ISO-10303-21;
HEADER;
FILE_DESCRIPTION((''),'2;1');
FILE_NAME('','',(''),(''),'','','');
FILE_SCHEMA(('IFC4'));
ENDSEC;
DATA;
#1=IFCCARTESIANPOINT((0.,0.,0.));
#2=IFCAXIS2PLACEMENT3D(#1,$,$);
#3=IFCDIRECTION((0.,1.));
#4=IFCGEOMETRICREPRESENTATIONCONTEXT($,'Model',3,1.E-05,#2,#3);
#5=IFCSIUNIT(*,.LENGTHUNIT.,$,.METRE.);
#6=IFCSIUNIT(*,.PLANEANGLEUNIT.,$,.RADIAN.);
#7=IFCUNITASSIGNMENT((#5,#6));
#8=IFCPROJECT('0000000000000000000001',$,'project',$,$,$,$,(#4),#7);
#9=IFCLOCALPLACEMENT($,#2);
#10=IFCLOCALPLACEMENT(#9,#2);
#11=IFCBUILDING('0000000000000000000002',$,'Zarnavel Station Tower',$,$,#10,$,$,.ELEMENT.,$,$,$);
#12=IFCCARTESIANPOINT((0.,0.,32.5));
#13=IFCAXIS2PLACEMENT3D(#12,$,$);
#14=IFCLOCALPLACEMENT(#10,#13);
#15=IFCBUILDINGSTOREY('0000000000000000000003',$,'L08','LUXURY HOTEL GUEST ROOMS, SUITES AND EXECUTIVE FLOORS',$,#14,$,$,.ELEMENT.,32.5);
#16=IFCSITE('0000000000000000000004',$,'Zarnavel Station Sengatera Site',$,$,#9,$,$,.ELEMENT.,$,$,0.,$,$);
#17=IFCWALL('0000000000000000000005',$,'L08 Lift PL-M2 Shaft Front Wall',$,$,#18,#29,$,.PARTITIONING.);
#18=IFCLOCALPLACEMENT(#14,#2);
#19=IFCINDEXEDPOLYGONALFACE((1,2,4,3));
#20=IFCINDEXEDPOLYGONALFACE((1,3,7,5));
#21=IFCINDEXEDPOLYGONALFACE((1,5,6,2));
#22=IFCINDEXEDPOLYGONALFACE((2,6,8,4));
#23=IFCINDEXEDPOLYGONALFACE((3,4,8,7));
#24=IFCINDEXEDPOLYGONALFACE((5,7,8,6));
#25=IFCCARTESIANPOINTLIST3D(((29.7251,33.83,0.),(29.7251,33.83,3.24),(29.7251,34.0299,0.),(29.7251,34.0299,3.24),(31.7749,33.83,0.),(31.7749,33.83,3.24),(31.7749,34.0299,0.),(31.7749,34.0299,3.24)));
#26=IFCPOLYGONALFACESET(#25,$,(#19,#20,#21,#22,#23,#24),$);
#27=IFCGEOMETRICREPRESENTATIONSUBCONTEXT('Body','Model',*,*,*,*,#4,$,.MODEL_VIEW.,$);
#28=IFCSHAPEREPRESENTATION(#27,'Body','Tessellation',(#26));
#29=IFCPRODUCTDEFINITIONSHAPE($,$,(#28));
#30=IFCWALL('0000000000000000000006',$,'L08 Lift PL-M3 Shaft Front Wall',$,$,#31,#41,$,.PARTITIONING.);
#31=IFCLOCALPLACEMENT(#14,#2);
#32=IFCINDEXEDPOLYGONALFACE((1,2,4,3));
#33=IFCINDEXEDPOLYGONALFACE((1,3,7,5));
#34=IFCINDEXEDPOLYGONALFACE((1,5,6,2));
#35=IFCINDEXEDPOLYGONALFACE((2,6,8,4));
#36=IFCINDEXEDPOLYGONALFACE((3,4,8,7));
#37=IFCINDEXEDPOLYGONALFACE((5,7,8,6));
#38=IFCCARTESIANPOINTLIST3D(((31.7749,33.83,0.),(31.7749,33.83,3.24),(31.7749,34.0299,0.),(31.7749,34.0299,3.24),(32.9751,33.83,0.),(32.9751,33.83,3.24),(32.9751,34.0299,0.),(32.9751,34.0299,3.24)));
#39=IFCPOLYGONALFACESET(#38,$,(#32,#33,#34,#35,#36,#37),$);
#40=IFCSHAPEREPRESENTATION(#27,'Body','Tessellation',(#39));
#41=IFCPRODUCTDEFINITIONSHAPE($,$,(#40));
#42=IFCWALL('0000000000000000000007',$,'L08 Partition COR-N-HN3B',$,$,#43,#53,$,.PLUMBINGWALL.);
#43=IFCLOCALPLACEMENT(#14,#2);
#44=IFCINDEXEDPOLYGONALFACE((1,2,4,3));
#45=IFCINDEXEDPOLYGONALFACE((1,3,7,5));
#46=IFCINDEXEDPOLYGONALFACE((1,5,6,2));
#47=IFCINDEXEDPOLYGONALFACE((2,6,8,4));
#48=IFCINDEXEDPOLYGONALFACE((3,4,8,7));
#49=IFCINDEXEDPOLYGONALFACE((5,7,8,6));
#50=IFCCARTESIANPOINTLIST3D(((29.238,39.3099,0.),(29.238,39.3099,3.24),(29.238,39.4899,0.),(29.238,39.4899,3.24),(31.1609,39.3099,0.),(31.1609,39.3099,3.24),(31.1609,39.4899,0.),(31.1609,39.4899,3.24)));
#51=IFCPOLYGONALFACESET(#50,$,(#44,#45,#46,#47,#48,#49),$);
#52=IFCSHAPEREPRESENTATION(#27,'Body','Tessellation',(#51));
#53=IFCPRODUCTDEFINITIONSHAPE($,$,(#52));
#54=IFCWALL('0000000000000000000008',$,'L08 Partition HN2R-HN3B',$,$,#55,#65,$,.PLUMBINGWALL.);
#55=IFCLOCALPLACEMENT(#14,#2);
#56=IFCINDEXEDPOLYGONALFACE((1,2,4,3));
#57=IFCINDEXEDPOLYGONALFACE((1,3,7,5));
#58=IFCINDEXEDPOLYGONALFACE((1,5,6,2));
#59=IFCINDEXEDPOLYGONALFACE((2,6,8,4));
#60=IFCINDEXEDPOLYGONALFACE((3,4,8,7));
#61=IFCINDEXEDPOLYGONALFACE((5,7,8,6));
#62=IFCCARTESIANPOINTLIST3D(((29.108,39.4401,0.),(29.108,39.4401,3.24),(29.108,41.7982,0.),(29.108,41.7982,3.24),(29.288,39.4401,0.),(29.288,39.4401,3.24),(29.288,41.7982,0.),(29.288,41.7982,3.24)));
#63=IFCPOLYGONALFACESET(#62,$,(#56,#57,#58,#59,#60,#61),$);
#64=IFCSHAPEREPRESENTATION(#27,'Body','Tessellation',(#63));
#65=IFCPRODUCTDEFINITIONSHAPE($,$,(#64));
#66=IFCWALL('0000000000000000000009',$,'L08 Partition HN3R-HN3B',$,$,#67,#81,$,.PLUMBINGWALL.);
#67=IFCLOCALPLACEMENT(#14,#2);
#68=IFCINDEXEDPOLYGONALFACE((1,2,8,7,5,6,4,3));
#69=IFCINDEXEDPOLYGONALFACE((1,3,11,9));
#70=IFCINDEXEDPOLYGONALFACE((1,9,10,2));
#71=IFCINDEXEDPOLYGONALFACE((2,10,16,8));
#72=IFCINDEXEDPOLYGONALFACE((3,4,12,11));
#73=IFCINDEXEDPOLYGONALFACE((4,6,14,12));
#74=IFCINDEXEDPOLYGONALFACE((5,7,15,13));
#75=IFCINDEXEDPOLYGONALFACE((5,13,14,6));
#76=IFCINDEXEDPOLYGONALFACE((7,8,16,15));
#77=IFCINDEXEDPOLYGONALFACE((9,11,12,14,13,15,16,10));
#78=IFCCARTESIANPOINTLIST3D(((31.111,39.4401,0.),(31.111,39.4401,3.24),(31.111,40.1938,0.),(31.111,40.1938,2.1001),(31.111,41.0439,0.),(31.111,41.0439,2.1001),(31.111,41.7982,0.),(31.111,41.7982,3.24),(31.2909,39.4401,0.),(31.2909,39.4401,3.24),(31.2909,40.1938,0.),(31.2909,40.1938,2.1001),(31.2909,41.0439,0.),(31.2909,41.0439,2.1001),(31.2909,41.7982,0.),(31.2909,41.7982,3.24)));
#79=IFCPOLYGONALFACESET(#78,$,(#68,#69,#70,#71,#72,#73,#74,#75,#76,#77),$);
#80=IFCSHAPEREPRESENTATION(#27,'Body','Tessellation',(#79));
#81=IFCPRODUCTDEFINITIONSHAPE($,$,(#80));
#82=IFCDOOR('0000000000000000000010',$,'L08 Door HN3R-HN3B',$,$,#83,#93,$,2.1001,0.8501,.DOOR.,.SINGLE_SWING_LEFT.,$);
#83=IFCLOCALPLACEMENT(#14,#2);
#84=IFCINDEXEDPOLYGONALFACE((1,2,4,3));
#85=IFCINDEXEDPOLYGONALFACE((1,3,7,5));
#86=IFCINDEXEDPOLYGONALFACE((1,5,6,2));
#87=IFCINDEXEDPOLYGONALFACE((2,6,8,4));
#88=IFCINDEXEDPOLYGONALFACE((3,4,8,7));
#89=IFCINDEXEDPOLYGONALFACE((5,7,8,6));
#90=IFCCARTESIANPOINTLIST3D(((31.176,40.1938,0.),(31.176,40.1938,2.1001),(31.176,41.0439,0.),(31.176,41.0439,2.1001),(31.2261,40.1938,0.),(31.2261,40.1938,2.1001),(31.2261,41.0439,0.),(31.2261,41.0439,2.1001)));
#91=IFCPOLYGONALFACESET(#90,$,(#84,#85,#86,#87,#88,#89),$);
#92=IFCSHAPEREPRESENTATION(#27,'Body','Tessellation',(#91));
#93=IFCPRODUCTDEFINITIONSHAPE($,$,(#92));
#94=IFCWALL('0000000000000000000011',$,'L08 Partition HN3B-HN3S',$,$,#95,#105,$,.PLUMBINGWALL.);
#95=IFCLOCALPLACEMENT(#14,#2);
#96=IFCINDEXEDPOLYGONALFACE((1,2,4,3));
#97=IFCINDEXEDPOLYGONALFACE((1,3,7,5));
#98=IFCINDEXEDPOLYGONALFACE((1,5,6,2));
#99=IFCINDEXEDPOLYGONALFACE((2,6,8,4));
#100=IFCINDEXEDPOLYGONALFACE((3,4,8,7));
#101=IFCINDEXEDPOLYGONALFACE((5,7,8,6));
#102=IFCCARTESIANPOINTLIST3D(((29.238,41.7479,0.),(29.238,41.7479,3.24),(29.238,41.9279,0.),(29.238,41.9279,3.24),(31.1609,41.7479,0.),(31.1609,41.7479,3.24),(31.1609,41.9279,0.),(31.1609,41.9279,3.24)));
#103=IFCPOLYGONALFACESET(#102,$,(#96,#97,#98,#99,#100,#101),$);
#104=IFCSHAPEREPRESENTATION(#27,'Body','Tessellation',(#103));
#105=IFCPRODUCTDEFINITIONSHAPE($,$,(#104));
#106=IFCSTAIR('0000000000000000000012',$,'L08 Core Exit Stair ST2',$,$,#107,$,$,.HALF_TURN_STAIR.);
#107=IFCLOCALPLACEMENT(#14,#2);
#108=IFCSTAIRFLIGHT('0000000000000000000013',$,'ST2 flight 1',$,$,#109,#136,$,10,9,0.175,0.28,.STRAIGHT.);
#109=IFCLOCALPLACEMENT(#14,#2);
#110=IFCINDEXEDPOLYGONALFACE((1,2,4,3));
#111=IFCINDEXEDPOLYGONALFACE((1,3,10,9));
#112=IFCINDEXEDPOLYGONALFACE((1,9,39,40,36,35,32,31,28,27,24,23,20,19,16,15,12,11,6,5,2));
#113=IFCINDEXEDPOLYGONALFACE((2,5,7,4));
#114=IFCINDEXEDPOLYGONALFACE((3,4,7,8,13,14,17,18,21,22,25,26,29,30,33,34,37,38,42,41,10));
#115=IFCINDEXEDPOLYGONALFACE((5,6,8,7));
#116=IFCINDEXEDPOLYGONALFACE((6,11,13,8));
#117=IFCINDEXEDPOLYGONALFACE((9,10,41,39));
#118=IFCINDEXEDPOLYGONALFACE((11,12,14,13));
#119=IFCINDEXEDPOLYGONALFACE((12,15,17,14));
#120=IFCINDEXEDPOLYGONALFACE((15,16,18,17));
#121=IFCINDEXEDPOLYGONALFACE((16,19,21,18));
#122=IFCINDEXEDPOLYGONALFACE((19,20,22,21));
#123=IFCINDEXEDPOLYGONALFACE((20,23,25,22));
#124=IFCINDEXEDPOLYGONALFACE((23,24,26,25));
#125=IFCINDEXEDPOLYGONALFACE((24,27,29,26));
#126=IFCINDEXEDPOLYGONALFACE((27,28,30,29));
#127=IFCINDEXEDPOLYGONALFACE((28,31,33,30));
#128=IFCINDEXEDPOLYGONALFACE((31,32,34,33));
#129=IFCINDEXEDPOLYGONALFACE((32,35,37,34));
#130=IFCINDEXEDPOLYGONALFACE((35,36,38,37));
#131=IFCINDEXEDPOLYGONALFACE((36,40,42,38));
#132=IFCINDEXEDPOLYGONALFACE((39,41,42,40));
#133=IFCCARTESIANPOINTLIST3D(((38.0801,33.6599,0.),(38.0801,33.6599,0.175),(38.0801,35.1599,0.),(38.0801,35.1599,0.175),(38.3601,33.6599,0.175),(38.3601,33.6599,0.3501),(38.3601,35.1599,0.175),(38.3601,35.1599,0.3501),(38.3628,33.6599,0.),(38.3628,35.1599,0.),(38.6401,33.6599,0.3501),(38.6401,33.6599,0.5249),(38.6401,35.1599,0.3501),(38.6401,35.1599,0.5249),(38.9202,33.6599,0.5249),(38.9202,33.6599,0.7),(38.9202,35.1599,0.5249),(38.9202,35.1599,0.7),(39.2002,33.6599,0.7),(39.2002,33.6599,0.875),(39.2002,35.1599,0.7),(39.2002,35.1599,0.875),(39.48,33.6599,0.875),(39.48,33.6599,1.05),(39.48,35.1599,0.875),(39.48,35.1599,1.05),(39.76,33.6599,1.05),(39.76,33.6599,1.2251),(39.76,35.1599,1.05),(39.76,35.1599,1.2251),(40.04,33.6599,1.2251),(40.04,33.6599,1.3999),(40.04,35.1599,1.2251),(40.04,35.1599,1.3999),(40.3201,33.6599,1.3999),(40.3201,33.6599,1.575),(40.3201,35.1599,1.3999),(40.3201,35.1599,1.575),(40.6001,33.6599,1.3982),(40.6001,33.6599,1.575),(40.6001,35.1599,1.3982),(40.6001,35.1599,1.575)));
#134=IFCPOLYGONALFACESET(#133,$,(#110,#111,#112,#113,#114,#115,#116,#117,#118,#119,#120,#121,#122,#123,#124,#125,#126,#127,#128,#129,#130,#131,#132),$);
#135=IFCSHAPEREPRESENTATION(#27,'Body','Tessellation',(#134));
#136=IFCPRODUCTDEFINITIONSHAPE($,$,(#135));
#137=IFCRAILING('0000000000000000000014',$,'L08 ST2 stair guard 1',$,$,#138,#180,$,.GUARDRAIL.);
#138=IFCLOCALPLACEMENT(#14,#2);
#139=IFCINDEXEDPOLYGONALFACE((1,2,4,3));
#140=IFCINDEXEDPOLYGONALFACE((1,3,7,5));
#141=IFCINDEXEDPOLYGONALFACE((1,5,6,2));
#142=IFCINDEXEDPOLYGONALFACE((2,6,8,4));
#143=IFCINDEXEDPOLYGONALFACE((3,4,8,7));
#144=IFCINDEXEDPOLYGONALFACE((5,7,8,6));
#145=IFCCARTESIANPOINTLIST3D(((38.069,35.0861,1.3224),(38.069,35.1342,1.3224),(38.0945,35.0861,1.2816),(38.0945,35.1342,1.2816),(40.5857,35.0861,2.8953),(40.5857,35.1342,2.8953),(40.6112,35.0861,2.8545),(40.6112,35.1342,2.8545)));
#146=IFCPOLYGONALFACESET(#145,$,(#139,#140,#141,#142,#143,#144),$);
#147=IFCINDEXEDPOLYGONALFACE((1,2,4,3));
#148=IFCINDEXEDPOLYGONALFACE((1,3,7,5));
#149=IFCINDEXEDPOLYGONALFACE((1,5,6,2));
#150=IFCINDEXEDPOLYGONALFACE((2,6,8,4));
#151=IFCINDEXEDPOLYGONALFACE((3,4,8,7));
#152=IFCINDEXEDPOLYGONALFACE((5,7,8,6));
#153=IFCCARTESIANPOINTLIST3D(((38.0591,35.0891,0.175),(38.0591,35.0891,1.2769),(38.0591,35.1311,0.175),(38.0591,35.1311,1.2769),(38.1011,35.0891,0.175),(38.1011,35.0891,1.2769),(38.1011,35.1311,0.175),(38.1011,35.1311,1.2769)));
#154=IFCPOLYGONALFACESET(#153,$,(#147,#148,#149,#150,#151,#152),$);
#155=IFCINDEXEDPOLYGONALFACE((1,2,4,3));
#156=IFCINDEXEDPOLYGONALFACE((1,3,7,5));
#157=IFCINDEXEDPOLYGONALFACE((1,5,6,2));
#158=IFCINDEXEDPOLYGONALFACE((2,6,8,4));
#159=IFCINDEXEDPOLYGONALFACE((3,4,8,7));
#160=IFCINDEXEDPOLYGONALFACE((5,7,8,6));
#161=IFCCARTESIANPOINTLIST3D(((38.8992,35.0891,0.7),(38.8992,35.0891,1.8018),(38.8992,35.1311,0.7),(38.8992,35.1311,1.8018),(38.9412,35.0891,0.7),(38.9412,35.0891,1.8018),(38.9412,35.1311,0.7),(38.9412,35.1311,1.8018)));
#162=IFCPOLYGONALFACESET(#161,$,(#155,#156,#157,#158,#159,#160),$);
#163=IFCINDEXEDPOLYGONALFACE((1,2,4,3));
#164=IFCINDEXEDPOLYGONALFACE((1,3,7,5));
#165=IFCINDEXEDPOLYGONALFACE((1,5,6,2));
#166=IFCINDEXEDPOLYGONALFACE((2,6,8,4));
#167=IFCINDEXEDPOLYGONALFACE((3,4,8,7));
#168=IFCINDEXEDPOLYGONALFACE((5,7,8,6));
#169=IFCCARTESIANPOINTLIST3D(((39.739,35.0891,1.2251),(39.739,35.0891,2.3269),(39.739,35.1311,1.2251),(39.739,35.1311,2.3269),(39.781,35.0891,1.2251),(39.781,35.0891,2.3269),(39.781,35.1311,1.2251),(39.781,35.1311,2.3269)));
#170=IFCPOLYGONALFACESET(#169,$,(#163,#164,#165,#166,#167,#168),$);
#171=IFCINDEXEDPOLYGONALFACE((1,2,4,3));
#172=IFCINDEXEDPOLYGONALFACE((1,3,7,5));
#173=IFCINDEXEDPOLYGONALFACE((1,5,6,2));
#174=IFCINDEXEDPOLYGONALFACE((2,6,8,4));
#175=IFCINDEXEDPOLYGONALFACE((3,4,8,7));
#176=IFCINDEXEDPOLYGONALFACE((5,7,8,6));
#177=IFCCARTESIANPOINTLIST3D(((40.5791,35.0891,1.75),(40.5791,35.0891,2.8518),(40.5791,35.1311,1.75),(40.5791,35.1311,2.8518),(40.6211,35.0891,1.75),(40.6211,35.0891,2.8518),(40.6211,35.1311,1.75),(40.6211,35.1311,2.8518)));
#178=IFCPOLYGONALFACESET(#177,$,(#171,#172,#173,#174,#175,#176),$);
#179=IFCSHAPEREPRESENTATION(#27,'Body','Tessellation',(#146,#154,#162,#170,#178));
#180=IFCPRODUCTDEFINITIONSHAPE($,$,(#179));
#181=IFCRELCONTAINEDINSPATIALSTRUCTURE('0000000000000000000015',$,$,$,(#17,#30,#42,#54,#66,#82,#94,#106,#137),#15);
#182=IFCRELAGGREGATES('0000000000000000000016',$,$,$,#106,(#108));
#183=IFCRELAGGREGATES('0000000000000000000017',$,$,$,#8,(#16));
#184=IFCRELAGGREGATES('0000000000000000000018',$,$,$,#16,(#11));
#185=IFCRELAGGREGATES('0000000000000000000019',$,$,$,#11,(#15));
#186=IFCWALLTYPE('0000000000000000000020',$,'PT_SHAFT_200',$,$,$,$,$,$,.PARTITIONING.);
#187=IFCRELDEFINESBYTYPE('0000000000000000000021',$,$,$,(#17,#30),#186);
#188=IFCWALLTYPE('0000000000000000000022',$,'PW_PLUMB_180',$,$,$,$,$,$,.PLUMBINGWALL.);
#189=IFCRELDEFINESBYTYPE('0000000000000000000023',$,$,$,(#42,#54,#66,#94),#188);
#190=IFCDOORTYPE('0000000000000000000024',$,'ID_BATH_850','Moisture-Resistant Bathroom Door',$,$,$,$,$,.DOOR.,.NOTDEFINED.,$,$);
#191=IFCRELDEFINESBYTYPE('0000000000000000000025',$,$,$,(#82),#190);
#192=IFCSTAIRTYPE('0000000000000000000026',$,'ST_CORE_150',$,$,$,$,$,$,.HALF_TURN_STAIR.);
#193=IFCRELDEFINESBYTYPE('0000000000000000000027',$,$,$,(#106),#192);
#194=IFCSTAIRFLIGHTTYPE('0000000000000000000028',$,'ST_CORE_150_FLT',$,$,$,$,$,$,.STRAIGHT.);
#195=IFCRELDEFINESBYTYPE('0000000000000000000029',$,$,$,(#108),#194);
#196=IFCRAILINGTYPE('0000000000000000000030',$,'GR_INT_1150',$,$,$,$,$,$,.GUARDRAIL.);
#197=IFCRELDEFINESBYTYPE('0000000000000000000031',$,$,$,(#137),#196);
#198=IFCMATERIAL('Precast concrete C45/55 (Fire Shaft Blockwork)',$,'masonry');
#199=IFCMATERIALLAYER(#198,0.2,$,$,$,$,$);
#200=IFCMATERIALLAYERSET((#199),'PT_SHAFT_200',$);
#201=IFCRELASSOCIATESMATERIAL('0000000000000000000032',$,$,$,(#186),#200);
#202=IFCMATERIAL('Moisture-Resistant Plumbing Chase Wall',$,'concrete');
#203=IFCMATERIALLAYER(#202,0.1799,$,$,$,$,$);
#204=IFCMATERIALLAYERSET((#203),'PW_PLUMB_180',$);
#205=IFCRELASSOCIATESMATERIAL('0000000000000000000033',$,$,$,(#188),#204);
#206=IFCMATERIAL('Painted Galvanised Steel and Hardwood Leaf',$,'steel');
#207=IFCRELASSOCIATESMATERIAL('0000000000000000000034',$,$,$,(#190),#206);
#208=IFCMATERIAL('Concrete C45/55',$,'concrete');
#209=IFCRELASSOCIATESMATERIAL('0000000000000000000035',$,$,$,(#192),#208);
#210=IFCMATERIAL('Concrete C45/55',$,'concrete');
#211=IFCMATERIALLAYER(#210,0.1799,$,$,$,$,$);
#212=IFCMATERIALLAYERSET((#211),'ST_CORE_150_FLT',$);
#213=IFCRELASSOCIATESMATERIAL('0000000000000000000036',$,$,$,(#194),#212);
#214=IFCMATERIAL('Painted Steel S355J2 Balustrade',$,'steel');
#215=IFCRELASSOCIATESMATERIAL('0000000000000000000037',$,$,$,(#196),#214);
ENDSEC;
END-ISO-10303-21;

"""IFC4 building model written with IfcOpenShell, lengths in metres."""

from ifc_helpers import new_model, si_unit, direction, frame, frame_2d, origin, origin_2d, place, context, subcontext, project, spatial, polyline, rectangle, outline, extrude, material, layer, layer_set, type_object, element, fill, aggregate, save


model = new_model("IFC4")

# Units and contexts
model_context = context("Model", 3, precision=1e-05, world=origin(), true_north=direction((0.0, 1.0)))
body_context = subcontext(model_context, "Body", "Model", "MODEL_VIEW")
ifc_project = project(units=[si_unit("LENGTHUNIT", "METRE"), si_unit("PLANEANGLEUNIT", "RADIAN")], contexts=[model_context])

# Site, building, storey
site_placement = place(None, origin())
site = spatial("IfcSite", under=ifc_project, at=site_placement, Name="Zarnavel Station Sengatera Site", CompositionType="ELEMENT", RefElevation=0.0)
building_placement = place(site_placement, origin())
building = spatial("IfcBuilding", under=site, at=building_placement, Name="Zarnavel Station Tower", CompositionType="ELEMENT")
storey_placement = place(building_placement, frame((0.0, 0.0, 32.5)))
storey = spatial("IfcBuildingStorey", under=building, at=storey_placement, Name="L08", Description="LUXURY HOTEL GUEST ROOMS, SUITES AND EXECUTIVE FLOORS", CompositionType="ELEMENT", Elevation=32.5)

# Shared definitions
ifc_material_1 = material(Name="Precast concrete C45/55 (Fire Shaft Blockwork)", Category="masonry")
ifc_layer_1 = layer(ifc_material_1, 0.2)
ifc_layer_set_1 = layer_set([ifc_layer_1], Name="PT_SHAFT_200")
wall_type_1 = type_object("IfcWallType", Name="PT_SHAFT_200", PredefinedType="PARTITIONING", material=ifc_layer_set_1)

# Walls
wall_1_placement = place(storey_placement, frame((29.7251, 33.9299, 0.0), z_axis=(0.0, 0.0, 1.0), x_axis=(1.0, 0.0, 0.0)))
element("IfcWall", 1, at=wall_1_placement, inside=storey, type_object=wall_type_1, Name="L08 Lift PL-M2 Shaft Front Wall", PredefinedType="PARTITIONING", context=body_context, shape_type="SweptSolid", body=[
    extrude(rectangle(XDim=2.0498, YDim=0.2, at=frame_2d((1.0249, 0.0))), origin(), (0.0, 0.0, 1.0), 3.24),
])
wall_2_placement = place(storey_placement, frame((31.7749, 33.9299, 0.0), z_axis=(0.0, 0.0, 1.0), x_axis=(1.0, 0.0, 0.0)))
element("IfcWall", 2, at=wall_2_placement, inside=storey, type_object=wall_type_1, Name="L08 Lift PL-M3 Shaft Front Wall", PredefinedType="PARTITIONING", context=body_context, shape_type="SweptSolid", body=[
    extrude(rectangle(XDim=1.2002, YDim=0.2, at=frame_2d((0.6001, 0.0))), origin(), (0.0, 0.0, 1.0), 3.24),
])

# Walls
ifc_material_2 = material(Name="Moisture-Resistant Plumbing Chase Wall", Category="concrete")
ifc_layer_2 = layer(ifc_material_2, 0.1799)
ifc_layer_set_2 = layer_set([ifc_layer_2], Name="PW_PLUMB_180")
wall_type_2 = type_object("IfcWallType", Name="PW_PLUMB_180", PredefinedType="PLUMBINGWALL", material=ifc_layer_set_2)
wall_3_placement = place(storey_placement, frame((29.238, 39.3999, 0.0), z_axis=(0.0, 0.0, 1.0), x_axis=(1.0, 0.0, 0.0)))
element("IfcWall", 3, at=wall_3_placement, inside=storey, type_object=wall_type_2, Name="L08 Partition COR-N-HN3B", PredefinedType="PLUMBINGWALL", context=body_context, shape_type="SweptSolid", body=[
    extrude(rectangle(XDim=1.9229, YDim=0.1799, at=frame_2d((0.9614, 0.0))), origin(), (0.0, 0.0, 1.0), 3.24),
])
wall_4_placement = place(storey_placement, frame((29.198, 39.4399, 0.0), z_axis=(0.0, 0.0, 1.0), x_axis=(0.0, 1.0, 0.0)))
element("IfcWall", 4, at=wall_4_placement, inside=storey, type_object=wall_type_2, Name="L08 Partition HN2R-HN3B", PredefinedType="PLUMBINGWALL", context=body_context, shape_type="SweptSolid", body=[
    extrude(rectangle(XDim=2.3582, YDim=0.1799, at=frame_2d((1.1792, 0.0))), origin(), (0.0, 0.0, 1.0), 3.24),
])

# Wall, opening, door
wall_5_placement = place(storey_placement, frame((31.2009, 39.4399, 0.0), z_axis=(0.0, 0.0, 1.0), x_axis=(0.0, 1.0, 0.0)))
wall_5 = element("IfcWall", 5, at=wall_5_placement, inside=storey, type_object=wall_type_2, Name="L08 Partition HN3R-HN3B", PredefinedType="PLUMBINGWALL", context=body_context, shape_type="SweptSolid", body=[
    extrude(rectangle(XDim=2.3582, YDim=0.1799, at=frame_2d((1.1792, 0.0))), origin(), (0.0, 0.0, 1.0), 3.24),
])
opening_1_placement = place(wall_5_placement, frame((0.7539, 0.0, 0.0)))
opening_1 = element("IfcOpeningElement", 6, at=opening_1_placement, cuts=wall_5, PredefinedType="OPENING", context=body_context, shape_type="SweptSolid", body=[
    extrude(rectangle(XDim=0.8501, YDim=2.1001, at=frame_2d((0.425, 1.05))), frame((0.0, 0.0999, 0.0), z_axis=(0.0, -1.0, 0.0), x_axis=(1.0, 0.0, 0.0)), (0.0, 0.0, 1.0), 0.2),
])
ifc_material_3 = material(Name="Painted Galvanised Steel and Hardwood Leaf", Category="steel")
door_type_1 = type_object("IfcDoorType", Name="ID_BATH_850", Description="Moisture-Resistant Bathroom Door", OperationType="NOTDEFINED", PredefinedType="DOOR", material=ifc_material_3)
door_1_placement = place(opening_1_placement, origin())
door_1 = element("IfcDoor", 7, at=door_1_placement, inside=storey, type_object=door_type_1, Name="L08 Door HN3R-HN3B", OperationType="SINGLE_SWING_LEFT", OverallHeight=2.1001, OverallWidth=0.8501, PredefinedType="DOOR", context=body_context, shape_type="SweptSolid", body=[
    extrude(rectangle(XDim=0.8501, YDim=2.1001, at=frame_2d((0.425, 1.05))), frame((0.0, 0.0249, 0.0), z_axis=(0.0, -1.0, 0.0), x_axis=(1.0, 0.0, 0.0)), (0.0, 0.0, 1.0), 0.05),
])
fill(opening_1, door_1)

# Wall
wall_6_placement = place(storey_placement, frame((29.238, 41.8379, 0.0), z_axis=(0.0, 0.0, 1.0), x_axis=(1.0, 0.0, 0.0)))
element("IfcWall", 8, at=wall_6_placement, inside=storey, type_object=wall_type_2, Name="L08 Partition HN3B-HN3S", PredefinedType="PLUMBINGWALL", context=body_context, shape_type="SweptSolid", body=[
    extrude(rectangle(XDim=1.9229, YDim=0.1799, at=frame_2d((0.9614, 0.0))), origin(), (0.0, 0.0, 1.0), 3.24),
])

# Stair, stair flight
ifc_material_4 = material(Name="Concrete C45/55", Category="concrete")
stair_type = type_object("IfcStairType", Name="ST_CORE_150", PredefinedType="HALF_TURN_STAIR", material=ifc_material_4)
stair_placement = place(storey_placement, origin())
stair = element("IfcStair", 9, at=stair_placement, inside=storey, type_object=stair_type, Name="L08 Core Exit Stair ST2", PredefinedType="HALF_TURN_STAIR")
ifc_material_5 = material(Name="Concrete C45/55", Category="concrete")
ifc_layer_3 = layer(ifc_material_5, 0.1799)
ifc_layer_set_3 = layer_set([ifc_layer_3], Name="ST_CORE_150_FLT")
stair_flight_type = type_object("IfcStairFlightType", Name="ST_CORE_150_FLT", PredefinedType="STRAIGHT", material=ifc_layer_set_3)
stair_flight_placement = place(storey_placement, frame((38.0801, 34.4099, 0.0), z_axis=(0.0, 0.0, 1.0), x_axis=(1.0, 0.0, 0.0)))
stair_flight = element("IfcStairFlight", 10, at=stair_flight_placement, type_object=stair_flight_type, Name="ST2 flight 1", NumberOfRisers=10, NumberOfTreads=9, PredefinedType="STRAIGHT", RiserHeight=0.175, TreadLength=0.28, context=body_context, shape_type="SweptSolid", body=[
    extrude(outline(polyline([(0.0, 0.0), (0.0, 0.175), (0.28, 0.175), (0.28, 0.3501), (0.5601, 0.3501), (0.5601, 0.5249), (0.8401, 0.5249), (0.8401, 0.7), (1.1201, 0.7), (1.1201, 0.875), (1.3999, 0.875), (1.3999, 1.05), (1.6799, 1.05), (1.6799, 1.2251), (1.96, 1.2251), (1.96, 1.3999), (2.24, 1.3999), (2.24, 1.575), (2.52, 1.575), (2.52, 1.75), (2.52, 1.3982), (0.2827, 0.0), (0.0, 0.0)])), frame((0.0, 0.75, 0.0), z_axis=(0.0, -1.0, 0.0), x_axis=(1.0, 0.0, 0.0)), (0.0, 0.0, 1.0), 1.5),
])
aggregate(stair, [stair_flight])

# Railing
ifc_material_6 = material(Name="Painted Steel S355J2 Balustrade", Category="steel")
railing_type_1 = type_object("IfcRailingType", Name="GR_INT_1150", PredefinedType="GUARDRAIL", material=ifc_material_6)
railing_1_placement = place(storey_placement, frame((38.0801, 35.1101, 0.175)))
element("IfcRailing", 11, at=railing_1_placement, inside=storey, type_object=railing_type_1, Name="L08 ST2 stair guard 1", PredefinedType="GUARDRAIL", context=body_context, shape_type="SweptSolid", body=[
    extrude(rectangle(XDim=0.0481, YDim=0.0481, at=origin_2d()), frame((0.0017, 0.0, 1.127), z_axis=(0.848008, 0.0, 0.529984), x_axis=(0.0, 1.0, 0.0)), (0.0, 0.0, 1.0), 2.9678),
    extrude(rectangle(XDim=0.042, YDim=0.042, at=origin_2d()), origin(), (0.0, 0.0, 1.0), 1.1018),
    extrude(rectangle(XDim=0.042, YDim=0.042, at=origin_2d()), frame((0.8401, 0.0, 0.5249)), (0.0, 0.0, 1.0), 1.1018),
    extrude(rectangle(XDim=0.042, YDim=0.042, at=origin_2d()), frame((1.6799, 0.0, 1.05)), (0.0, 0.0, 1.0), 1.1018),
    extrude(rectangle(XDim=0.042, YDim=0.042, at=origin_2d()), frame((2.52, 0.0, 1.575)), (0.0, 0.0, 1.0), 1.1018),
])

save(model, "model.ifc")
